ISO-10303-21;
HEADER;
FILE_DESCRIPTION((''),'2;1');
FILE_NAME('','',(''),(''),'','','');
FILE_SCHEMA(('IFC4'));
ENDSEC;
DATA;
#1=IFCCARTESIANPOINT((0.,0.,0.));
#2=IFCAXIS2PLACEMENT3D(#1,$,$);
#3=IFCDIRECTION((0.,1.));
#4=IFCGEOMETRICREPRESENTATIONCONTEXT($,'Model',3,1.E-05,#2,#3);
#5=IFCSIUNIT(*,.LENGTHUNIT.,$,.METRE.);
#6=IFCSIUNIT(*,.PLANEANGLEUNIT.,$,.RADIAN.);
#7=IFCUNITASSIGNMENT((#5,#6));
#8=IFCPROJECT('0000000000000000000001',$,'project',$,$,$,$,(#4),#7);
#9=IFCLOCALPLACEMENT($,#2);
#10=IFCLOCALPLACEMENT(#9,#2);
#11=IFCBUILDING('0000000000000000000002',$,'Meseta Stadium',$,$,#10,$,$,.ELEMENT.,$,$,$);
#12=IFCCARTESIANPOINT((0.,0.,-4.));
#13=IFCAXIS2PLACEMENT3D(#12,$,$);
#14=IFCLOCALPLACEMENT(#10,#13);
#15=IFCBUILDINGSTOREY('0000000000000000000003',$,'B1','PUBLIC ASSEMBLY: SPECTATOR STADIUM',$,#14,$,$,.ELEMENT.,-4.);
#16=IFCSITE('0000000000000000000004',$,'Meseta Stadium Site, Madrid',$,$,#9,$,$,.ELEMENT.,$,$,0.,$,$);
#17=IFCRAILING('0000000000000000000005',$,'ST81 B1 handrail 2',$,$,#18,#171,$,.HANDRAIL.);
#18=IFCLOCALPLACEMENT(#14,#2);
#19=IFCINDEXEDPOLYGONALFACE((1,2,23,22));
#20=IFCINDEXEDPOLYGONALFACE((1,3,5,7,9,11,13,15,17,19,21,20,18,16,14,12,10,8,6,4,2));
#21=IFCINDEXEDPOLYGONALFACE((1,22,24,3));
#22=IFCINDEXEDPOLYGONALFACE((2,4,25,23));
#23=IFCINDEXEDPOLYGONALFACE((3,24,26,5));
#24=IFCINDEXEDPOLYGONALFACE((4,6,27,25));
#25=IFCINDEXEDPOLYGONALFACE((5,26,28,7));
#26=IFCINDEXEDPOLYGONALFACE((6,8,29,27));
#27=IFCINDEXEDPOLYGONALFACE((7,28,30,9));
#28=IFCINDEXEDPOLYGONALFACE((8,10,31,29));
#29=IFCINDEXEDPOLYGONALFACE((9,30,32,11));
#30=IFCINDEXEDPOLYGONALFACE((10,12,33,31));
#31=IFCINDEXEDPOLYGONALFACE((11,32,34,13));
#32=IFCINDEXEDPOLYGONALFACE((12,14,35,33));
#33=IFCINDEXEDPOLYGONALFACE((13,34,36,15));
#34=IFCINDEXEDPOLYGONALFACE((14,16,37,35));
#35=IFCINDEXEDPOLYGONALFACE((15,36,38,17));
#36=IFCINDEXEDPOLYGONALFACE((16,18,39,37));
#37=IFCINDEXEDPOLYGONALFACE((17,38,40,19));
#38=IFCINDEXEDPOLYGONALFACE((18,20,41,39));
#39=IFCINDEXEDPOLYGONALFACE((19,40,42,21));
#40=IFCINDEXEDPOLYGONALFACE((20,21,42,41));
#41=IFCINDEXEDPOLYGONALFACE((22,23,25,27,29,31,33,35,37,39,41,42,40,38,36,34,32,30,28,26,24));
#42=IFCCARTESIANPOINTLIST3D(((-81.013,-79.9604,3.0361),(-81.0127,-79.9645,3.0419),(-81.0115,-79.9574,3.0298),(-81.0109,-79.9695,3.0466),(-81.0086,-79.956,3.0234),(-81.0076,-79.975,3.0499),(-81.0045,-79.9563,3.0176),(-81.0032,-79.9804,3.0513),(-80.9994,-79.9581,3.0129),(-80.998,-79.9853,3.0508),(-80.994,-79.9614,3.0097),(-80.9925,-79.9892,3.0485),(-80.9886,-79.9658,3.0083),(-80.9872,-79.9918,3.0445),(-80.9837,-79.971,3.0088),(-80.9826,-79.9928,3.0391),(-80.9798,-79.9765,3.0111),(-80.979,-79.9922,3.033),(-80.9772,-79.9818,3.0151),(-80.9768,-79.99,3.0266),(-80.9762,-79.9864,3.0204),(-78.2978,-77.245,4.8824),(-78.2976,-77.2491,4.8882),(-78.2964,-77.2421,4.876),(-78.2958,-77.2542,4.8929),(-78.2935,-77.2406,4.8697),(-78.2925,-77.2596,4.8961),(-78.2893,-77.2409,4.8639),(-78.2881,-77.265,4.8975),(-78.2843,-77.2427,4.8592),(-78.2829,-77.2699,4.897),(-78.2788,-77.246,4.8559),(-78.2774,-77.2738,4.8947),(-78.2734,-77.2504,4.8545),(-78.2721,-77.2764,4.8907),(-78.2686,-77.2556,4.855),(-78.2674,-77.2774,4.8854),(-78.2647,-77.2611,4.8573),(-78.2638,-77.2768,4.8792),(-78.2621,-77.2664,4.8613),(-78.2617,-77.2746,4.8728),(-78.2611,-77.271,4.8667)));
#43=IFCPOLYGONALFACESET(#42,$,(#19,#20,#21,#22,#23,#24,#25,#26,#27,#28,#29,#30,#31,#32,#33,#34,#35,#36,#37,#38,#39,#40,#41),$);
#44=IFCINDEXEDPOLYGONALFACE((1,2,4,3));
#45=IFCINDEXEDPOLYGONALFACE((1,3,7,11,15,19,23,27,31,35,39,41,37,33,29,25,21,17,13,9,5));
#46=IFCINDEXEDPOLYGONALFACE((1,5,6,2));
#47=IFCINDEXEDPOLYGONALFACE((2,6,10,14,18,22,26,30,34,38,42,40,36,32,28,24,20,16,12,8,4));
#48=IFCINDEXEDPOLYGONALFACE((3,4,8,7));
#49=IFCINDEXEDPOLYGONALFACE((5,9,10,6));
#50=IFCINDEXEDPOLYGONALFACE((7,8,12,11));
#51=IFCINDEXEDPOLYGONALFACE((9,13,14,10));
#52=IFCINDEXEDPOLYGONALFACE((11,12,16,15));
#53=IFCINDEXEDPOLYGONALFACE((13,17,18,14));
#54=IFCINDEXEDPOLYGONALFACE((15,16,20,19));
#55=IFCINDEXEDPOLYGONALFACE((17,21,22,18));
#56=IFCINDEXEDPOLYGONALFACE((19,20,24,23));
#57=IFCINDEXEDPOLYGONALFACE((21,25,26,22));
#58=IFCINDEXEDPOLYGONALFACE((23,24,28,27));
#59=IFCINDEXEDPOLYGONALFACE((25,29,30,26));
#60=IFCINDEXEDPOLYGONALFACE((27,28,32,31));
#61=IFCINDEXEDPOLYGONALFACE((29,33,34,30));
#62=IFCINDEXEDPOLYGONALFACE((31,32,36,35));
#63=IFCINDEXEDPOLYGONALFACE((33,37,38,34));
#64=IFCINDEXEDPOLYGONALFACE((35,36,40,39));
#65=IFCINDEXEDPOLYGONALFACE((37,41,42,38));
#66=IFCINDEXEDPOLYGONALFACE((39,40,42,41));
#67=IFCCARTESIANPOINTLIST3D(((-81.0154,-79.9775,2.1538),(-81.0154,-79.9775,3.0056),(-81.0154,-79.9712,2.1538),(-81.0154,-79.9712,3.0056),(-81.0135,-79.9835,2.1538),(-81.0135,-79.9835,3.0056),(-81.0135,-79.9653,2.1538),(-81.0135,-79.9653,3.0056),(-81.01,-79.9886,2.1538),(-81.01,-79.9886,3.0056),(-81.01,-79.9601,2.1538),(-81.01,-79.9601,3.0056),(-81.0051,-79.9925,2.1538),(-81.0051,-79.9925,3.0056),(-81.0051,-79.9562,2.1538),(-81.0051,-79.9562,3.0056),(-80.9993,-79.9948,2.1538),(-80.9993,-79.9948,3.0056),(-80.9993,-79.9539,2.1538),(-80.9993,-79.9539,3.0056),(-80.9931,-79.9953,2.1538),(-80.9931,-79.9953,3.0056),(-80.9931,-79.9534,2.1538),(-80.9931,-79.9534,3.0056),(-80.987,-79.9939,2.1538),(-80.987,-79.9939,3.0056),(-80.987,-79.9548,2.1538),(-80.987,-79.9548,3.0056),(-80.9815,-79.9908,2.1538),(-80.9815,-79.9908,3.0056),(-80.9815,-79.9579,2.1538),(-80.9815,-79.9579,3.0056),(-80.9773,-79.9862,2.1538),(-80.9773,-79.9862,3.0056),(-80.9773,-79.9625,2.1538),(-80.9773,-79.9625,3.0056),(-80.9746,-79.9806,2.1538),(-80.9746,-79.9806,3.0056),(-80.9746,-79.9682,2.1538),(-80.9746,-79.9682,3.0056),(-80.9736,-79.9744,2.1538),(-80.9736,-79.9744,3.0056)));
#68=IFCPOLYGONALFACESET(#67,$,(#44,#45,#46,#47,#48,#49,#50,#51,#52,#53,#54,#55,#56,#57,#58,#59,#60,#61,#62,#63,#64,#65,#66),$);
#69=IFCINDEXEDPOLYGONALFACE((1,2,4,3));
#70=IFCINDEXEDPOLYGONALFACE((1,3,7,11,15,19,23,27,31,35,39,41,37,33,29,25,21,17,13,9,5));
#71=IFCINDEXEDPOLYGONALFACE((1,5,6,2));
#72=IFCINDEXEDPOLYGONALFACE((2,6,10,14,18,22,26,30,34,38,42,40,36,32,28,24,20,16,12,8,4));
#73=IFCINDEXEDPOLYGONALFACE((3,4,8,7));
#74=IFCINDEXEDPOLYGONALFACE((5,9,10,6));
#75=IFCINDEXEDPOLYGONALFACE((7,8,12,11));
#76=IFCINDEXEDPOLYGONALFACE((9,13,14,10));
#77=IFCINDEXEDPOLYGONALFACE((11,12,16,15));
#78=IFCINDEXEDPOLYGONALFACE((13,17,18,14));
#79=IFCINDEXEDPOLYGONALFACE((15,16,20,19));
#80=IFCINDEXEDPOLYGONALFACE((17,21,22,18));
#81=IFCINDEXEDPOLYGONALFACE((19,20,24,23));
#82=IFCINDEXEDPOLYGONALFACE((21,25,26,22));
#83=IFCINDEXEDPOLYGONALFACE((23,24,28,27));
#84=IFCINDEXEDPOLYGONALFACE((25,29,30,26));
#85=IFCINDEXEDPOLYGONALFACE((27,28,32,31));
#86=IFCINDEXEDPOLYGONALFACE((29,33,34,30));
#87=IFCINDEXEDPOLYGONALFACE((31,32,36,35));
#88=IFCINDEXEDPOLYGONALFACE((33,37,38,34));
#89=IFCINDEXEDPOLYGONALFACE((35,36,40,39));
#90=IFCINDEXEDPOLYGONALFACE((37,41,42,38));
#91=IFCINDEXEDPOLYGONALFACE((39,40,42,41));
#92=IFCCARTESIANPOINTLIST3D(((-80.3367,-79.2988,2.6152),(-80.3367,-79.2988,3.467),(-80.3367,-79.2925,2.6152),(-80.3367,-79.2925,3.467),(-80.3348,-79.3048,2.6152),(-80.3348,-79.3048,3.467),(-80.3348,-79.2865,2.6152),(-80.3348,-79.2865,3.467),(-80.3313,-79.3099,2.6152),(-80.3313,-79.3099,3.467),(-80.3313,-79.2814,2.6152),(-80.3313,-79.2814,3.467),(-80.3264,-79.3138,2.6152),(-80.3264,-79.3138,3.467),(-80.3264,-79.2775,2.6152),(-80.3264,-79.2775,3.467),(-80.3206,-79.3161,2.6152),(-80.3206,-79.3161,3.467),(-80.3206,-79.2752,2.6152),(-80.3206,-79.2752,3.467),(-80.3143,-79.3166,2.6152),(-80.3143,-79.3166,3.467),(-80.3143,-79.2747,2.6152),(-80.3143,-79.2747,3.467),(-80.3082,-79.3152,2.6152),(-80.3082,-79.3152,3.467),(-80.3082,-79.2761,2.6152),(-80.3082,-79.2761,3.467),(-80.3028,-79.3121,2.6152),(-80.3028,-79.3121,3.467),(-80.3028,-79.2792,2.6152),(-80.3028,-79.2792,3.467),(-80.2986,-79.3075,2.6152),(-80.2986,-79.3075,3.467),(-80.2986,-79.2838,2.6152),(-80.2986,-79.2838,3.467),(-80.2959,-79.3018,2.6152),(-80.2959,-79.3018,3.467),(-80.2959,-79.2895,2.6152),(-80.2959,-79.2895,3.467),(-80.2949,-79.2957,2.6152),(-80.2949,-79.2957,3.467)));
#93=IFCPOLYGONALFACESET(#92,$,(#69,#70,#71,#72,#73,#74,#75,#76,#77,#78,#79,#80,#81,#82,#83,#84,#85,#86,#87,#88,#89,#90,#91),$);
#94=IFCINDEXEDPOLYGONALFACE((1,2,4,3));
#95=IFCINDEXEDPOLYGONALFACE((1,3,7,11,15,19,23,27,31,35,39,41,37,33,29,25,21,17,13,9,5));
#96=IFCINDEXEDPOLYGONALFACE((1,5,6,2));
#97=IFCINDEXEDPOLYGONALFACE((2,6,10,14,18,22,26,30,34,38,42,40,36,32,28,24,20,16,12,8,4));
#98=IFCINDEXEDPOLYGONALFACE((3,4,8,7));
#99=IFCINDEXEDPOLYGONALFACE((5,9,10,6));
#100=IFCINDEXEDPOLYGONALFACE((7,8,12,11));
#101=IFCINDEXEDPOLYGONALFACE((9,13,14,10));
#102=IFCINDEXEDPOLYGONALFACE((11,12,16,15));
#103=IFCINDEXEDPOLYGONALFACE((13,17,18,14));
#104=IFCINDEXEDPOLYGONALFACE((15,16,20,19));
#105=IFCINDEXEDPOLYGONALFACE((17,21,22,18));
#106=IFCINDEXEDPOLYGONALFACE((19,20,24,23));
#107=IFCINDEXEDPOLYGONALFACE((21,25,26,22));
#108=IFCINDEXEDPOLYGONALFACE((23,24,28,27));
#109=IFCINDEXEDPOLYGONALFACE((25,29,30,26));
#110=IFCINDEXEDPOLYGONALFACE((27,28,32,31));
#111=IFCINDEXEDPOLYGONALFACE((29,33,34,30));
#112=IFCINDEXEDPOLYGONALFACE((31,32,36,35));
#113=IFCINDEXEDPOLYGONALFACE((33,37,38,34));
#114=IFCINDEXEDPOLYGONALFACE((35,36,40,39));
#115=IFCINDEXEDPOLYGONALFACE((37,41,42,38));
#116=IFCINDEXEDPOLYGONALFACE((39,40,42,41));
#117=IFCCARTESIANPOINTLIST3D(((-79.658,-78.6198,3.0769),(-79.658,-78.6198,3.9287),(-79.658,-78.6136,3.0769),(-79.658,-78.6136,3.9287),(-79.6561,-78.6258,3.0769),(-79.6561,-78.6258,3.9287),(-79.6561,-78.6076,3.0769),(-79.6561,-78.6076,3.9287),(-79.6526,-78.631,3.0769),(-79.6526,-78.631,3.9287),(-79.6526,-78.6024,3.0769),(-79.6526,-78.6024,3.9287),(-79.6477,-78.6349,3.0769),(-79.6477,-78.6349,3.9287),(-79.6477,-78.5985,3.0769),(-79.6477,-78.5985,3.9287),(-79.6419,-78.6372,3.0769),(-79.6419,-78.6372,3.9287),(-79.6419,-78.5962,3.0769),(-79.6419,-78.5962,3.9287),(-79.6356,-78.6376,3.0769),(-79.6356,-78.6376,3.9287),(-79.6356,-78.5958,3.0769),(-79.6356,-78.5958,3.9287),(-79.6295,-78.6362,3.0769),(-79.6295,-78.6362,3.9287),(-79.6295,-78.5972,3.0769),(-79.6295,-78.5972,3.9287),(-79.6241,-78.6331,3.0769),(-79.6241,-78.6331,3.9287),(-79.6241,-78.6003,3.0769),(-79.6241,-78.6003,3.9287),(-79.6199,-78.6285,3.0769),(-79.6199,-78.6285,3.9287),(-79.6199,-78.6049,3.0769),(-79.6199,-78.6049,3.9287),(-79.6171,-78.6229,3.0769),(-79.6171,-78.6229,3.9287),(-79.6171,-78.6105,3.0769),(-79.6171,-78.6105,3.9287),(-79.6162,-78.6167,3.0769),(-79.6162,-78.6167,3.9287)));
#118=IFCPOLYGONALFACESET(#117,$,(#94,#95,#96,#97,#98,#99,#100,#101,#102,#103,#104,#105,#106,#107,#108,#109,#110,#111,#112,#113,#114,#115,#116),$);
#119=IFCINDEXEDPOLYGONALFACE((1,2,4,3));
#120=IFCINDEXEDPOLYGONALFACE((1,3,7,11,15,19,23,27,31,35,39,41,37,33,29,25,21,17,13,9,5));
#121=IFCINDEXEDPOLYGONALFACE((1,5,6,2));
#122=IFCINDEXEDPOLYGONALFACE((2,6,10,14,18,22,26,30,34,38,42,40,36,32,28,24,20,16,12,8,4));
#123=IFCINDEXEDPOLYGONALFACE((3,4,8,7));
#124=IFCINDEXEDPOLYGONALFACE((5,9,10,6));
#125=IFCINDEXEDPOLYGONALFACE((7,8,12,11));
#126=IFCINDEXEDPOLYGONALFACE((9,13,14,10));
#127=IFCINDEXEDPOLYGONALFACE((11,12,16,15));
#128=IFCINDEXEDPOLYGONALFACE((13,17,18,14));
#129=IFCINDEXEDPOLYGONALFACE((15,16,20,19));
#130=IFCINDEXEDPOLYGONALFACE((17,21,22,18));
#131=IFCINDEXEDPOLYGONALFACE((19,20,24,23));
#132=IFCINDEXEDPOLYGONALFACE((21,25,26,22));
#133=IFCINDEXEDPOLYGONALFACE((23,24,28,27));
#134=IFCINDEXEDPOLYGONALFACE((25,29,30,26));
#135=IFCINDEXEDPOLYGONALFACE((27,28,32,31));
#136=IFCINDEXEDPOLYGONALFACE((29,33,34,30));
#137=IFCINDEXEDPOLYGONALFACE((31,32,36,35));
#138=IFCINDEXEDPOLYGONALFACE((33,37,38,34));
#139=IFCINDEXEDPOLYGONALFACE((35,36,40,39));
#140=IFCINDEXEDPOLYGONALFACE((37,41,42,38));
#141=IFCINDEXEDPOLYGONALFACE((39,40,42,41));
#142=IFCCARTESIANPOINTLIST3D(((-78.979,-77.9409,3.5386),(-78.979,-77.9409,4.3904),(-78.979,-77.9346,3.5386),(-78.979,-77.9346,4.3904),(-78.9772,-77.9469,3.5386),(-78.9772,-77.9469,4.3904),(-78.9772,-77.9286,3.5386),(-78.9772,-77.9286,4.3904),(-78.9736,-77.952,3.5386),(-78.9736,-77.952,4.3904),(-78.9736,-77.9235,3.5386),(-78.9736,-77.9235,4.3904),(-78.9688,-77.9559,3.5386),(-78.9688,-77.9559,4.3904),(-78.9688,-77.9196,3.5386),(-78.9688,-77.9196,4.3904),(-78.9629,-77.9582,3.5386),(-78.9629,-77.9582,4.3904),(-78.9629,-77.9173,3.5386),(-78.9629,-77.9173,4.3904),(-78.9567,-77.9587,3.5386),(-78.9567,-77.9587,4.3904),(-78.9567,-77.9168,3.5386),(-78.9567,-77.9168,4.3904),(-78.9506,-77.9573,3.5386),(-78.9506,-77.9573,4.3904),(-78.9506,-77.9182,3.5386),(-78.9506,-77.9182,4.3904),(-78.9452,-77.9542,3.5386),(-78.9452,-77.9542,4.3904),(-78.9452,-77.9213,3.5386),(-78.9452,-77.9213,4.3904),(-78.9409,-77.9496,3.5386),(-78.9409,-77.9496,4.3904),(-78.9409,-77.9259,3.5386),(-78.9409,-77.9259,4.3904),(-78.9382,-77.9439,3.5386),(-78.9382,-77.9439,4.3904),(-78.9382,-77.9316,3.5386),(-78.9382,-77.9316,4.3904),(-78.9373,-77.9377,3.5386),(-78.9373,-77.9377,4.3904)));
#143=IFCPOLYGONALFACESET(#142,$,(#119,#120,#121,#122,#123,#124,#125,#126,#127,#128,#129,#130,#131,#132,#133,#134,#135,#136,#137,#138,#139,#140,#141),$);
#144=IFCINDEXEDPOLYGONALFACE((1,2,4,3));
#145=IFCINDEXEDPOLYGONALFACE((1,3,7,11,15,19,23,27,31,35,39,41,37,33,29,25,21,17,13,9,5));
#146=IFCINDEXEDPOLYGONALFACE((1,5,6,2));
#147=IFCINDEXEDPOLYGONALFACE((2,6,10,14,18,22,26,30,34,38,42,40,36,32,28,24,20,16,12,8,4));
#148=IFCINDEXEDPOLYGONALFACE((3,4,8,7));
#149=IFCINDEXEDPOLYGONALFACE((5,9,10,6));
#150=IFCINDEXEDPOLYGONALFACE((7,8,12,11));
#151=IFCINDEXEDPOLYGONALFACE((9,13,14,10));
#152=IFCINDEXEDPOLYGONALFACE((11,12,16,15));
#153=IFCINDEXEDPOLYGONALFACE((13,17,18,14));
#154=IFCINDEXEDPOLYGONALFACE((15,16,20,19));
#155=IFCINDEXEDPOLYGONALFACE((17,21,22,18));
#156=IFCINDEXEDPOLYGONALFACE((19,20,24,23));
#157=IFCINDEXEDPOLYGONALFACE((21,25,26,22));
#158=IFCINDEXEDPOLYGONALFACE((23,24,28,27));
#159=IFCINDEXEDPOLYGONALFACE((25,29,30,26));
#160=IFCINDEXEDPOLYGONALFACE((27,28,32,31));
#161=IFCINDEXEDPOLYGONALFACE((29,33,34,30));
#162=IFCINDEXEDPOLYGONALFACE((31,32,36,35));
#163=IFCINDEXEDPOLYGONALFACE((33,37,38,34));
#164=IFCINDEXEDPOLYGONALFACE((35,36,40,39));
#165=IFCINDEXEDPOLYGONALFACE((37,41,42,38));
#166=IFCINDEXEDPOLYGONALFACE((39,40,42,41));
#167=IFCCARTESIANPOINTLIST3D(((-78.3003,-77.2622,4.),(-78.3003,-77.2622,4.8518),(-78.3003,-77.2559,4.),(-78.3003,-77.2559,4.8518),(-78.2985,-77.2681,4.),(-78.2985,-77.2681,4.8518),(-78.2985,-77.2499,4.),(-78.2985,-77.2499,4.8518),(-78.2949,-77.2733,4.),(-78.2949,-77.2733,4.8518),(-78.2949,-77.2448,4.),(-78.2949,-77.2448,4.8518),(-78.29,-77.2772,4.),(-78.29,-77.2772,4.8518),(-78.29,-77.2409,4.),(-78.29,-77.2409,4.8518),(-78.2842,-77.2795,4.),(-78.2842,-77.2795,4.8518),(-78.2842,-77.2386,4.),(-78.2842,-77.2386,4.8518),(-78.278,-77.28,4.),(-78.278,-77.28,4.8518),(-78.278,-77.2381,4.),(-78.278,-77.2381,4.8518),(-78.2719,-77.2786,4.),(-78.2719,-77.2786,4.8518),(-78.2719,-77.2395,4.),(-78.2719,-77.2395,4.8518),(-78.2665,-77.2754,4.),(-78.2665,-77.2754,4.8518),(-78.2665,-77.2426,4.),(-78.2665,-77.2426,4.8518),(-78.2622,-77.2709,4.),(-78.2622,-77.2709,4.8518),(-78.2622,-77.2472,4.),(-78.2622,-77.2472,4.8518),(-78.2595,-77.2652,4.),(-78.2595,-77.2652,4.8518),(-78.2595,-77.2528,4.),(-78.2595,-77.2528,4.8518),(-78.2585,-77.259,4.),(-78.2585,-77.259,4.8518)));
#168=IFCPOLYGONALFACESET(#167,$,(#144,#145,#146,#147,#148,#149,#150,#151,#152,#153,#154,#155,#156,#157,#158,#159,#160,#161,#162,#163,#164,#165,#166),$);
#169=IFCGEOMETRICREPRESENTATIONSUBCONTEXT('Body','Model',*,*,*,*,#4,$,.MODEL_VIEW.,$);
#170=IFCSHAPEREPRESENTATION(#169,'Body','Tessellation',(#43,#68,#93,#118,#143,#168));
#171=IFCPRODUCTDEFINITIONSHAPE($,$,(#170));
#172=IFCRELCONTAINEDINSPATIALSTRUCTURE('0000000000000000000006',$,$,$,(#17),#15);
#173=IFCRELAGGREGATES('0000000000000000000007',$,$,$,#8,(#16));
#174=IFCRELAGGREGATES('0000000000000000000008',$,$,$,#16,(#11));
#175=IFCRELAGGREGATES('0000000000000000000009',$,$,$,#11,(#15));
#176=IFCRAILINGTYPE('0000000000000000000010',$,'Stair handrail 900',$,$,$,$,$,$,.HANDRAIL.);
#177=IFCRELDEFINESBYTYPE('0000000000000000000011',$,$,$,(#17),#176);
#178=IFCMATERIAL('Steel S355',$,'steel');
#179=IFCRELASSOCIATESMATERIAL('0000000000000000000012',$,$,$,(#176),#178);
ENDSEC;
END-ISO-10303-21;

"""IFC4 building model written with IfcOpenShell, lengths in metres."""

from ifc_helpers import new_model, si_unit, direction, frame, origin, origin_2d, place, context, subcontext, project, spatial, circle, extrude, material, type_object, element, save


model = new_model("IFC4")

# Units and contexts
model_context = context("Model", 3, precision=1e-05, world=origin(), true_north=direction((0.0, 1.0)))
body_context = subcontext(model_context, "Body", "Model", "MODEL_VIEW")
ifc_project = project(units=[si_unit("LENGTHUNIT", "METRE"), si_unit("PLANEANGLEUNIT", "RADIAN")], contexts=[model_context])

# Site, building, storey
site_placement = place(None, origin())
site = spatial("IfcSite", under=ifc_project, at=site_placement, Name="Meseta Stadium Site, Madrid", CompositionType="ELEMENT", RefElevation=0.0)
building_placement = place(site_placement, origin())
building = spatial("IfcBuilding", under=site, at=building_placement, Name="Meseta Stadium", CompositionType="ELEMENT")
storey_placement = place(building_placement, frame((0.0, 0.0, -4.0)))
storey = spatial("IfcBuildingStorey", under=building, at=storey_placement, Name="B1", Description="PUBLIC ASSEMBLY: SPECTATOR STADIUM", CompositionType="ELEMENT", Elevation=-4.0)

# Railing
ifc_material_1 = material(Name="Steel S355", Category="steel")
railing_type_1 = type_object("IfcRailingType", Name="Stair handrail 900", PredefinedType="HANDRAIL", material=ifc_material_1)
railing_1_placement = place(storey_placement, frame((-80.9946, -79.9744, 2.1538)))
element("IfcRailing", 1, at=railing_1_placement, inside=storey, type_object=railing_type_1, Name="ST81 B1 handrail 2", PredefinedType="HANDRAIL", context=body_context, shape_type="SweptSolid", body=[
    extrude(circle(Radius=0.0239, at=origin_2d()), frame((0.0, 0.0, 0.876), z_axis=(0.637247, 0.637304, 0.433312), x_axis=(-0.707139, 0.707075, 0.0)), (0.0, 0.0, 1.0), 4.2607),
    extrude(circle(Radius=0.021, at=origin_2d()), origin(), (0.0, 0.0, 1.0), 0.8518),
    extrude(circle(Radius=0.021, at=origin_2d()), frame((0.6787, 0.6787, 0.4614)), (0.0, 0.0, 1.0), 0.8518),
    extrude(circle(Radius=0.021, at=origin_2d()), frame((1.3574, 1.3577, 0.9231)), (0.0, 0.0, 1.0), 0.8518),
    extrude(circle(Radius=0.021, at=origin_2d()), frame((2.0364, 2.0366, 1.3848)), (0.0, 0.0, 1.0), 0.8518),
    extrude(circle(Radius=0.021, at=origin_2d()), frame((2.7151, 2.7153, 1.8462)), (0.0, 0.0, 1.0), 0.8518),
])

save(model, "model.ifc")
